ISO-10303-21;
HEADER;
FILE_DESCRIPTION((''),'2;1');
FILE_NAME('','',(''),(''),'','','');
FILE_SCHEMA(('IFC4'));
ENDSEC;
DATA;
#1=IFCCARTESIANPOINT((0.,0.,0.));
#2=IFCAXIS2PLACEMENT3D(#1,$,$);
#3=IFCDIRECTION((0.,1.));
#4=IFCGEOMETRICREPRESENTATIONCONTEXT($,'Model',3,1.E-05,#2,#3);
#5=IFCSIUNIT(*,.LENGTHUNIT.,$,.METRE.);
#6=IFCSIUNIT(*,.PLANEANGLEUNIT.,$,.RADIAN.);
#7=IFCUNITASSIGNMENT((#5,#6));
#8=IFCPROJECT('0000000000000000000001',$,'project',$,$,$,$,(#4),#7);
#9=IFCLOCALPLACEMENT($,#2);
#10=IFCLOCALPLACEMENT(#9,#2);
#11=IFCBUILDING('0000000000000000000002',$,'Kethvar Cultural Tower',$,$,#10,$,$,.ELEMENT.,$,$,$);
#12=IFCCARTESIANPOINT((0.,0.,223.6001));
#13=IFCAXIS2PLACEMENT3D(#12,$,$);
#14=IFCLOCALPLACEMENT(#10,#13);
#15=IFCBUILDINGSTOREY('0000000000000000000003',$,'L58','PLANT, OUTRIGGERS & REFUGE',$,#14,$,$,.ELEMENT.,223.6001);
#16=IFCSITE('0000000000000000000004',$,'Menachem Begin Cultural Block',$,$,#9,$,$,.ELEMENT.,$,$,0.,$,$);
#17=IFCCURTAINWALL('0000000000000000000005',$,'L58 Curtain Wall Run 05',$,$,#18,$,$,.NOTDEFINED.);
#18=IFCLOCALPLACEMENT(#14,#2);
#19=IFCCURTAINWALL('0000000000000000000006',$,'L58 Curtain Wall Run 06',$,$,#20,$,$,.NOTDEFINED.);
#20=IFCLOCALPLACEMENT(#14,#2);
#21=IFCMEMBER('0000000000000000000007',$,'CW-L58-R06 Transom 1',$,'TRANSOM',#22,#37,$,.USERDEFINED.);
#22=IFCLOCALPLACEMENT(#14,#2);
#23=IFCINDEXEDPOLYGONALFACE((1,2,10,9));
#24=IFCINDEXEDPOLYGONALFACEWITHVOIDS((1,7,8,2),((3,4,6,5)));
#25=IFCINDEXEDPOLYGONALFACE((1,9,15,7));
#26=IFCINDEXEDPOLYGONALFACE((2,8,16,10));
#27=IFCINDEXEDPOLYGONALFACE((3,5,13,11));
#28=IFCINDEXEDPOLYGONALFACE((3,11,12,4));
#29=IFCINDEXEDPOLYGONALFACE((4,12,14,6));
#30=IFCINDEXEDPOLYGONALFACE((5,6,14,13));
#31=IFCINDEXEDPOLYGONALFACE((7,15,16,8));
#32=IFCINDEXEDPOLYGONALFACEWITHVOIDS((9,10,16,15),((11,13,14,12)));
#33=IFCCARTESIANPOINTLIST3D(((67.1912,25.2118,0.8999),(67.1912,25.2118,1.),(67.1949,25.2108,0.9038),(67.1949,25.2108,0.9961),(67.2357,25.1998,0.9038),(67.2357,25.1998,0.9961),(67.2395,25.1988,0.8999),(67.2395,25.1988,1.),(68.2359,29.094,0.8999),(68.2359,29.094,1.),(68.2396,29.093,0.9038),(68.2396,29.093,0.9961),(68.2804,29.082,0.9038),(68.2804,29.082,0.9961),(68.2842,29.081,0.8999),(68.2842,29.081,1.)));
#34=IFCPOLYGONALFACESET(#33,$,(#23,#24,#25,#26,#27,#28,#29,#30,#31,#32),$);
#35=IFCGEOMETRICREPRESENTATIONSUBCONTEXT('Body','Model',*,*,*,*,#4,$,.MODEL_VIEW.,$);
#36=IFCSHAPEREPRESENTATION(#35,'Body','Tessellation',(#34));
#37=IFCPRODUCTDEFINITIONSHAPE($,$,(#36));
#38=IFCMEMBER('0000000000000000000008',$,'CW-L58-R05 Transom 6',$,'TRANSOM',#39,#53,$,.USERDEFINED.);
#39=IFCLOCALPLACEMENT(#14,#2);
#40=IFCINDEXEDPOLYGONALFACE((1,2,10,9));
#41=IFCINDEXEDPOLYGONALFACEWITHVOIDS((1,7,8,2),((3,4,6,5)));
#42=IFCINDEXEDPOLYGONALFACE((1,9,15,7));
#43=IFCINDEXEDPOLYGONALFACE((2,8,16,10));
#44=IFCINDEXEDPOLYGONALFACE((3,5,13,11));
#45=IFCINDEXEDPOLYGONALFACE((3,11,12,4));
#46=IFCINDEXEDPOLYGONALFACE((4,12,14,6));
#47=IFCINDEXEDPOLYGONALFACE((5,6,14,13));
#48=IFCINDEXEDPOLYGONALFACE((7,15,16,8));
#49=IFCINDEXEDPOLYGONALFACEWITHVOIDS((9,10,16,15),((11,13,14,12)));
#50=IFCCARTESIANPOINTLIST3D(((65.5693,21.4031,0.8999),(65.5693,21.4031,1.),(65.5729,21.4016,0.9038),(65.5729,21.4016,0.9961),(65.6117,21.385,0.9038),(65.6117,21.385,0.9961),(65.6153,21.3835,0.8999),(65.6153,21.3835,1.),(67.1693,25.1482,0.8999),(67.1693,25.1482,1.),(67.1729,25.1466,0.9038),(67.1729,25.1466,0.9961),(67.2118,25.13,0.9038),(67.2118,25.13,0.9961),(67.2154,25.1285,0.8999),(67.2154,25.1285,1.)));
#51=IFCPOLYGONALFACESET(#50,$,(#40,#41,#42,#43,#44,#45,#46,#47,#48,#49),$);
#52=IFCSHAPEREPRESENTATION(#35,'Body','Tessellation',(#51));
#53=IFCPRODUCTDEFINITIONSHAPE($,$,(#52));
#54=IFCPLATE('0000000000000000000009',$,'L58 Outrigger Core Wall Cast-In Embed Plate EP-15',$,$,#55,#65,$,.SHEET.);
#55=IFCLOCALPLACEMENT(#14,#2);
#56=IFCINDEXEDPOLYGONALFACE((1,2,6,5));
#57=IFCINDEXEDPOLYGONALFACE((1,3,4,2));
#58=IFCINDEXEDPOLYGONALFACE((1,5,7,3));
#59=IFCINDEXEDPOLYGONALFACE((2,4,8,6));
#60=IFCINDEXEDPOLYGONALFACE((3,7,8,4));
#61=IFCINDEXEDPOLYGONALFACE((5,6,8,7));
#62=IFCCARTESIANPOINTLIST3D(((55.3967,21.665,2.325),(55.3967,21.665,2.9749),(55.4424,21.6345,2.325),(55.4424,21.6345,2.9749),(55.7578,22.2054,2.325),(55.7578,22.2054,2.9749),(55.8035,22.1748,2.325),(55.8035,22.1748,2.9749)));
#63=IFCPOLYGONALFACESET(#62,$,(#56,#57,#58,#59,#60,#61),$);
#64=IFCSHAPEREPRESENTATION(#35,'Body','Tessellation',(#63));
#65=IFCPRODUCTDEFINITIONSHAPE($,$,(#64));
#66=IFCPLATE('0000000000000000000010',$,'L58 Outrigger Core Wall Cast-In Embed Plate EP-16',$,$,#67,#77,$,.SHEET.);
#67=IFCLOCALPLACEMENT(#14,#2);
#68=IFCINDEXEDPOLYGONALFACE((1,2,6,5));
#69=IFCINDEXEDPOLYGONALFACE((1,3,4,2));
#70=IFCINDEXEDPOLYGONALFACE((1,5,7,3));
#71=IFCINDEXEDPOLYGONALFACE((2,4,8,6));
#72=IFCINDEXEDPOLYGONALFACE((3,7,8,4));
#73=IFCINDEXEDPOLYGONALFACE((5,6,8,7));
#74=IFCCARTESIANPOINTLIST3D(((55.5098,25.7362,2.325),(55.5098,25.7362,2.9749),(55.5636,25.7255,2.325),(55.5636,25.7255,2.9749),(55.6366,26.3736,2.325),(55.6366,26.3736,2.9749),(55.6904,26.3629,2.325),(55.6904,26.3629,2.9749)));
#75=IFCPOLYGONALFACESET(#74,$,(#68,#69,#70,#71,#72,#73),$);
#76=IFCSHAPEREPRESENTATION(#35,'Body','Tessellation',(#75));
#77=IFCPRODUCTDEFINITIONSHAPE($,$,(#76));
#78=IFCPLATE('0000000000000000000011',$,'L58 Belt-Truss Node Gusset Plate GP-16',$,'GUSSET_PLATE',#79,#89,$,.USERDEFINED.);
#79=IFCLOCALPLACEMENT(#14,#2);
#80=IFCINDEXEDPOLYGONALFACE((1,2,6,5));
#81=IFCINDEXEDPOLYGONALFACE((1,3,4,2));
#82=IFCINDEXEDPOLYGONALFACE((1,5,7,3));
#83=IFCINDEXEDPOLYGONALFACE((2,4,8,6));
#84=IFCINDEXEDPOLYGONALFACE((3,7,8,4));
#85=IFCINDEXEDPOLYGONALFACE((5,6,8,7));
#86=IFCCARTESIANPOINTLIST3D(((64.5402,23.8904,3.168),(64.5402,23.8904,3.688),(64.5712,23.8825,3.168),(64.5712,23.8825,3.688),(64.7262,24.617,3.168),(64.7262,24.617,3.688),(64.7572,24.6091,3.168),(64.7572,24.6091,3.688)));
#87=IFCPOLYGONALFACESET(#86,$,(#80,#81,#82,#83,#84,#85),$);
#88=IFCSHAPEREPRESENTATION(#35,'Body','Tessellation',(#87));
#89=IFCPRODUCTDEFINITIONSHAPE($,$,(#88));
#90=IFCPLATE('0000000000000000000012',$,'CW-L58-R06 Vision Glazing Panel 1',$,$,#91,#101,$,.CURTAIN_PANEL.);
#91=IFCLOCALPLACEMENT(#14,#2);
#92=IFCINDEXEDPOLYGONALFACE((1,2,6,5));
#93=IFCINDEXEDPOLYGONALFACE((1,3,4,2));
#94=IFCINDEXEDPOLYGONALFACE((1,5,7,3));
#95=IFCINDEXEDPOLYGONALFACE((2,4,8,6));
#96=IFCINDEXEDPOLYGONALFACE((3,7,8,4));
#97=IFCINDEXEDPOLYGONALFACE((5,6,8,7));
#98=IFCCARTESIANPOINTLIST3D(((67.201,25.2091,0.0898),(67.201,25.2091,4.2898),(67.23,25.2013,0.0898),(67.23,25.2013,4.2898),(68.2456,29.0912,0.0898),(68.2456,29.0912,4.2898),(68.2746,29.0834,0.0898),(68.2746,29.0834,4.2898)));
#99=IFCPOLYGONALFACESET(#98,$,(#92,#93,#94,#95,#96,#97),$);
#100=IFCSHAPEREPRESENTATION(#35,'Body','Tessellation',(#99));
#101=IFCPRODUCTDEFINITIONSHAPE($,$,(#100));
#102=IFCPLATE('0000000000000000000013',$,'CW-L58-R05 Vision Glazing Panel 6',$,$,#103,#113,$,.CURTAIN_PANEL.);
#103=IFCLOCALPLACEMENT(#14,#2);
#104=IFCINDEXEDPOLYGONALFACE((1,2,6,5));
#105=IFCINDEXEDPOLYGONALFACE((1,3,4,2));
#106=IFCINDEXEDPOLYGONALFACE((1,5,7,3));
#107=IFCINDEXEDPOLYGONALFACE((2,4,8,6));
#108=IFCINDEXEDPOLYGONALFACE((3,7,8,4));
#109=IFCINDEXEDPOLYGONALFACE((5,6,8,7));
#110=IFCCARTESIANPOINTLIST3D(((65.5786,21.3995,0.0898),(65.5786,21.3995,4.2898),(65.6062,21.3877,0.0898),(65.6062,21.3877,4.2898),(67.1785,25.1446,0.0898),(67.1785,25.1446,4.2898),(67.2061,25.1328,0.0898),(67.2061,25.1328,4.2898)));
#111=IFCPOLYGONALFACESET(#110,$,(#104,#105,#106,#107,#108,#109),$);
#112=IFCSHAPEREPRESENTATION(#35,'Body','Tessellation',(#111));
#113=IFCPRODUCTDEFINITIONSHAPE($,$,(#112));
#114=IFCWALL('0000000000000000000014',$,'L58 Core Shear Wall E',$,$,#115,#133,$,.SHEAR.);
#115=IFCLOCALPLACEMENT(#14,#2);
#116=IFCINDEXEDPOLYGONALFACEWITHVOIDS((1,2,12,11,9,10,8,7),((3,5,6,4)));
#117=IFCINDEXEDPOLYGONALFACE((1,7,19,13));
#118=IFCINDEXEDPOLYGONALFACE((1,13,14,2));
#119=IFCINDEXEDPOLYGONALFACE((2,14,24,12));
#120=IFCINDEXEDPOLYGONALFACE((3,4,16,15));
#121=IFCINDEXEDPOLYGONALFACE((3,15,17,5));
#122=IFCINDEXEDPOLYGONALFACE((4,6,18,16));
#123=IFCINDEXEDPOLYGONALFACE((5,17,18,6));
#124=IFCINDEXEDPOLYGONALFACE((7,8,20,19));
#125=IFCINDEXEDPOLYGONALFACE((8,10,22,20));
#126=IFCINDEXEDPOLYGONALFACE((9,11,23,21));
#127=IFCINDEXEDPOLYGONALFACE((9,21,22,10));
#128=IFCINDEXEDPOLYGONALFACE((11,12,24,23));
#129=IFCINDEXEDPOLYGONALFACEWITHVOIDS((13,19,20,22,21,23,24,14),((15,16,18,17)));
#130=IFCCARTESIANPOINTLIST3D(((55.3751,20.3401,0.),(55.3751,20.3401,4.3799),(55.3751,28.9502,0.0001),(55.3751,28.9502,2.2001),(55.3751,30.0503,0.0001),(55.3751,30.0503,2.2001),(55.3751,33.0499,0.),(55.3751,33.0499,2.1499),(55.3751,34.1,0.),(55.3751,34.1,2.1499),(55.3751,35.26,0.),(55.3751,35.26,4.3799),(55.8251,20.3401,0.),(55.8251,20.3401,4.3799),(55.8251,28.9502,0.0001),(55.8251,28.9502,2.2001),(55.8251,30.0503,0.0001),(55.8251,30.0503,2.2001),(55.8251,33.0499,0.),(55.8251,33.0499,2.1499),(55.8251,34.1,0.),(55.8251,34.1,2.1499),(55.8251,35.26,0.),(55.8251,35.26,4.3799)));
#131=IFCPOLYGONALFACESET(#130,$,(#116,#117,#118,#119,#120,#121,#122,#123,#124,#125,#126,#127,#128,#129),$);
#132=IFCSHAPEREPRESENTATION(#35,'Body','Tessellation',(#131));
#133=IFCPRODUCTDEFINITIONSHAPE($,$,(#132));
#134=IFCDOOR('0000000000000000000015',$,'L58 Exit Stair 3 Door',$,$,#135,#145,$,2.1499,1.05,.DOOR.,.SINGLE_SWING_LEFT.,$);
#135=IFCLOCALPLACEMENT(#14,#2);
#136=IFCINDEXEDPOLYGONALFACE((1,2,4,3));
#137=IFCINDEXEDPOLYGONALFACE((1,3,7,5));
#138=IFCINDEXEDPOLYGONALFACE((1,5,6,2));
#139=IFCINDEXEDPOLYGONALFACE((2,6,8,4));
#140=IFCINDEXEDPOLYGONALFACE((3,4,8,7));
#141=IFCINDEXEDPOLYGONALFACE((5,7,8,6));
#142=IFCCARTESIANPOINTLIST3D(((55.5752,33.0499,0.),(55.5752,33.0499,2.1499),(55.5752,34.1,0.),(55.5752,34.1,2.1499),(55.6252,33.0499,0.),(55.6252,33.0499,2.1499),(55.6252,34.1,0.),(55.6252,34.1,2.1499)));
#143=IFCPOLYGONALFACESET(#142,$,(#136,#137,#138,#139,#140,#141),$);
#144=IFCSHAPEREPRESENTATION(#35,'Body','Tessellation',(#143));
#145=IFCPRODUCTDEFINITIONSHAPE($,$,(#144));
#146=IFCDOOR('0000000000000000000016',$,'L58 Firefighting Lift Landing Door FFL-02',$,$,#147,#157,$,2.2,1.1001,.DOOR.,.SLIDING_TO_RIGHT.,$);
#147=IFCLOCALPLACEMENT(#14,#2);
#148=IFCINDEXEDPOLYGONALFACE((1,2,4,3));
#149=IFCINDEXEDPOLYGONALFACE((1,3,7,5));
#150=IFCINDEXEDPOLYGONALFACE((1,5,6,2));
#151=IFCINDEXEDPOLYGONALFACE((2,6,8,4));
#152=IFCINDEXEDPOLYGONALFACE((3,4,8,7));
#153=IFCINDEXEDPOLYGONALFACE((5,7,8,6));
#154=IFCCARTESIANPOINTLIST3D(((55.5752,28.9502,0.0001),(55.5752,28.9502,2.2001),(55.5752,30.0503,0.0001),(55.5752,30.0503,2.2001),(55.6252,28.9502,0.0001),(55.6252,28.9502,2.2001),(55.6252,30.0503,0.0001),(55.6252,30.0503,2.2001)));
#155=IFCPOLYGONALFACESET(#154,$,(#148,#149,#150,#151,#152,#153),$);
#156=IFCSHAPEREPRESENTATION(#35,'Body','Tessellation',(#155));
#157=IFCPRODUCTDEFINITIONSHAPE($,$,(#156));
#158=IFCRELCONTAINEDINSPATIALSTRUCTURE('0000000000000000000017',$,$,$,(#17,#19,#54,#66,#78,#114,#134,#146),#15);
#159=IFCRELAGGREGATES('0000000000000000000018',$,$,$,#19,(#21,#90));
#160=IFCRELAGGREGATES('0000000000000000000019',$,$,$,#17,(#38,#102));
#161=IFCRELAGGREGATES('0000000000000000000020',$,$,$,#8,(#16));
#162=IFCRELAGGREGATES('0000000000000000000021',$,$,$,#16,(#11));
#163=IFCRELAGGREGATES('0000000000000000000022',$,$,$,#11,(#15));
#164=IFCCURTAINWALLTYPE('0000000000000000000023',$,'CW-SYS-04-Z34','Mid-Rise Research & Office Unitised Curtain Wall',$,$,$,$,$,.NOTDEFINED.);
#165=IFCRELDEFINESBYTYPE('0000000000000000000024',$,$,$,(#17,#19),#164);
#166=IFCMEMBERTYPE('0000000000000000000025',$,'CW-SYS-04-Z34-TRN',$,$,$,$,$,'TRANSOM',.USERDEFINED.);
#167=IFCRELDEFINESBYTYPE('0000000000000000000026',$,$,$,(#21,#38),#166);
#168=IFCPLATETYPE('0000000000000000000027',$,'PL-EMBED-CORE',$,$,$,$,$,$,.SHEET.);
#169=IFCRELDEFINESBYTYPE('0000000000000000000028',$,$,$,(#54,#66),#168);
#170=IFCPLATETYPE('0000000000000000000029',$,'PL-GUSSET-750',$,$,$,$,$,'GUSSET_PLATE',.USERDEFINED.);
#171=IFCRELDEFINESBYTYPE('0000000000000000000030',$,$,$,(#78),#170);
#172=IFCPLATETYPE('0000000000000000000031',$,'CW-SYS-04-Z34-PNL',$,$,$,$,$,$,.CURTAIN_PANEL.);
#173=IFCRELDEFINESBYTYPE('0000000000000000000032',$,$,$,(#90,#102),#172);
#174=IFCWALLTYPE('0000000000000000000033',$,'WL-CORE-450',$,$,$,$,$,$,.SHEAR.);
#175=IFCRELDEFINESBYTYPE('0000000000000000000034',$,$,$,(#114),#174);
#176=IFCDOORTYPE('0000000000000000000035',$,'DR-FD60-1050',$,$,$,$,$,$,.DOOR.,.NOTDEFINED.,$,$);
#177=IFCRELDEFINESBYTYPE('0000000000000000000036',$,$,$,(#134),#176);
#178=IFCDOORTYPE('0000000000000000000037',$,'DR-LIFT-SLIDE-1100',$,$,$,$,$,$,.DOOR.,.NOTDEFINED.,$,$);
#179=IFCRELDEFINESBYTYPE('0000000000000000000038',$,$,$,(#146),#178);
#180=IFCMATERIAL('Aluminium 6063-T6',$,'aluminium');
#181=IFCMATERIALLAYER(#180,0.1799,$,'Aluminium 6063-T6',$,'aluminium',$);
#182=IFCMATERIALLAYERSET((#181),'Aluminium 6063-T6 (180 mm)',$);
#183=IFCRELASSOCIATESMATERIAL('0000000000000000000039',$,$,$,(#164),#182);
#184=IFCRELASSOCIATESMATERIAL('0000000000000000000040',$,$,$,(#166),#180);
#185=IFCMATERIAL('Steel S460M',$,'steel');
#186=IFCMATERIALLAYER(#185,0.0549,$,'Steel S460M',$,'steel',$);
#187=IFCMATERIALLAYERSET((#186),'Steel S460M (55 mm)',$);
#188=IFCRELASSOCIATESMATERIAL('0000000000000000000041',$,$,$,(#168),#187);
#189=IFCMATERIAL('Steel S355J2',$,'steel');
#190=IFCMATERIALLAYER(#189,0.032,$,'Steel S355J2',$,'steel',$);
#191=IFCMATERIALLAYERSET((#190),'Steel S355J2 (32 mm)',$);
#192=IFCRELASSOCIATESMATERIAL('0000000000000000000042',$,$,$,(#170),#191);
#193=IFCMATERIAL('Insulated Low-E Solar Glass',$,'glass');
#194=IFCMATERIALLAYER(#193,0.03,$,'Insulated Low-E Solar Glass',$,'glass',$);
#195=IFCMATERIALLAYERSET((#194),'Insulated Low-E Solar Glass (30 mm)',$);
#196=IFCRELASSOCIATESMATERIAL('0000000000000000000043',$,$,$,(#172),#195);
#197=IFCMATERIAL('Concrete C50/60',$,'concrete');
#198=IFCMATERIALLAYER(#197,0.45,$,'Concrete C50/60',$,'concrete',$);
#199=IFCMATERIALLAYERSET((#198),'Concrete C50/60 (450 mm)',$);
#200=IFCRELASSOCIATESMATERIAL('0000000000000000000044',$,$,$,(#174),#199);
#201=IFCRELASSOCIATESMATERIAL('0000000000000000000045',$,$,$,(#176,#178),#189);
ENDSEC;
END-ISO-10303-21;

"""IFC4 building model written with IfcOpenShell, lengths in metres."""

from ifc_helpers import new_model, si_unit, direction, frame, frame_2d, origin, origin_2d, place, context, subcontext, project, spatial, rectangle, hollow_rectangle, extrude, source, transform, mapped, material, layer, layer_set, material_profile, profile_set, type_object, element, fill, aggregate, save


model = new_model("IFC4")

# Units and contexts
model_context = context("Model", 3, precision=1e-05, world=origin(), true_north=direction((0.0, 1.0)))
body_context = subcontext(model_context, "Body", "Model", "MODEL_VIEW")
ifc_project = project(units=[si_unit("LENGTHUNIT", "METRE"), si_unit("PLANEANGLEUNIT", "RADIAN")], contexts=[model_context])

# Site, building, storey
site_placement = place(None, origin())
site = spatial("IfcSite", under=ifc_project, at=site_placement, Name="Menachem Begin Cultural Block", CompositionType="ELEMENT", RefElevation=0.0)
building_placement = place(site_placement, origin())
building = spatial("IfcBuilding", under=site, at=building_placement, Name="Kethvar Cultural Tower", CompositionType="ELEMENT")
storey_placement = place(building_placement, frame((0.0, 0.0, 223.6001)))
storey = spatial("IfcBuildingStorey", under=building, at=storey_placement, Name="L58", Description="PLANT, OUTRIGGERS & REFUGE", CompositionType="ELEMENT", Elevation=223.6001)

# Shared definitions
ifc_material_1 = material(Name="Steel S460M", Category="steel")

# Shared definitions
ifc_material_2 = material(Name="Steel S355J2", Category="steel")

# Curtain walls, member
ifc_material_3 = material(Name="Aluminium 6063-T6", Category="aluminium")
ifc_layer_1 = layer(ifc_material_3, 0.1799, Name="Aluminium 6063-T6", Category="aluminium")
ifc_layer_set_1 = layer_set([ifc_layer_1], Name="Aluminium 6063-T6 (180 mm)")
curtain_wall_type = type_object("IfcCurtainWallType", Name="CW-SYS-04-Z34", Description="Mid-Rise Research & Office Unitised Curtain Wall", PredefinedType="NOTDEFINED", material=ifc_layer_set_1)
curtain_wall_1_placement = place(storey_placement, origin())
curtain_wall_1 = element("IfcCurtainWall", 1, at=curtain_wall_1_placement, inside=storey, type_object=curtain_wall_type, Name="L58 Curtain Wall Run 05", PredefinedType="NOTDEFINED")
curtain_wall_2_placement = place(storey_placement, origin())
curtain_wall_2 = element("IfcCurtainWall", 2, at=curtain_wall_2_placement, inside=storey, type_object=curtain_wall_type, Name="L58 Curtain Wall Run 06", PredefinedType="NOTDEFINED")
ifc_material_profile_1 = material_profile(ifc_material_3, hollow_rectangle(XDim=0.05, YDim=0.1001, WallThickness=0.0039, at=origin_2d()), Name="Aluminium 6063-T6 — RHS100x50x4")
ifc_profile_set_1 = profile_set([ifc_material_profile_1], Name="Aluminium 6063-T6 — RHS100x50x4")
member_type_1 = type_object("IfcMemberType", Name="CW-SYS-04-Z34-TRN", ElementType="TRANSOM", PredefinedType="USERDEFINED", material=ifc_profile_set_1)
shared_shape_1 = source(origin(), body_context, "Body", "SweptSolid", [
    extrude(hollow_rectangle(XDim=0.05, YDim=0.1001, WallThickness=0.0039, at=origin_2d()), origin(), (0.0, 0.0, 1.0), 4.0203),
])
member_1_placement = place(storey_placement, frame((67.2153, 25.2053, 0.95), z_axis=(0.259858, 0.965647, 0.0), x_axis=(-0.965647, 0.259858, 0.0)))
member_1 = element("IfcMember", 3, at=member_1_placement, type_object=member_type_1, Name="CW-L58-R06 Transom 1", ObjectType="TRANSOM", PredefinedType="USERDEFINED", context=body_context, shape_type="MappedRepresentation", body=[
    mapped(shared_shape_1, transform((0.0, 0.0, 0.0), scale=1.0)),
])

# Member
shared_shape_2 = source(origin(), body_context, "Body", "SweptSolid", [
    extrude(hollow_rectangle(XDim=0.05, YDim=0.1001, WallThickness=0.0039, at=origin_2d()), origin(), (0.0, 0.0, 1.0), 4.0725),
])
member_2_placement = place(storey_placement, frame((65.5923, 21.3933, 0.95), z_axis=(0.392892, 0.919585, 0.0), x_axis=(-0.919585, 0.392892, 0.0)))
member_2 = element("IfcMember", 4, at=member_2_placement, type_object=member_type_1, Name="CW-L58-R05 Transom 6", ObjectType="TRANSOM", PredefinedType="USERDEFINED", context=body_context, shape_type="MappedRepresentation", body=[
    mapped(shared_shape_2, transform((0.0, 0.0, 0.0), scale=1.0)),
])

# Plates
ifc_layer_2 = layer(ifc_material_1, 0.0549, Name="Steel S460M", Category="steel")
ifc_layer_set_2 = layer_set([ifc_layer_2], Name="Steel S460M (55 mm)")
plate_type_1 = type_object("IfcPlateType", Name="PL-EMBED-CORE", PredefinedType="SHEET", material=ifc_layer_set_2)
shared_shape_3 = source(origin(), body_context, "Body", "SweptSolid", [
    extrude(rectangle(XDim=0.0549, YDim=0.6499, at=origin_2d()), origin(), (0.0, 0.0, 1.0), 0.6499),
])
for number, where, z_axis, x_axis, name in (
    (5, (55.6001, 21.9199, 2.325), (0.0, 0.0, 1.0), (0.83147, -0.55557, 0.0), "L58 Outrigger Core Wall Cast-In Embed Plate EP-15"),
    (6, (55.6001, 26.0496, 2.325), (0.0, 0.0, 1.0), (0.980785, -0.19509, 0.0), "L58 Outrigger Core Wall Cast-In Embed Plate EP-16"),
):
    element("IfcPlate", number, at=place(storey_placement, frame(where, z_axis=z_axis, x_axis=x_axis)), inside=storey, type_object=plate_type_1, Name=name, PredefinedType="SHEET", context=body_context, shape_type="MappedRepresentation", body=[
        mapped(shared_shape_3, transform((0.0, 0.0, 0.0), scale=1.0)),
    ])
ifc_layer_3 = layer(ifc_material_2, 0.032, Name="Steel S355J2", Category="steel")
ifc_layer_set_3 = layer_set([ifc_layer_3], Name="Steel S355J2 (32 mm)")
plate_type_2 = type_object("IfcPlateType", Name="PL-GUSSET-750", ElementType="GUSSET_PLATE", PredefinedType="USERDEFINED", material=ifc_layer_set_3)
shared_shape_4 = source(origin(), body_context, "Body", "SweptSolid", [
    extrude(rectangle(XDim=0.75, YDim=0.032, at=origin_2d()), origin(), (0.0, 0.0, 1.0), 0.52),
])
plate_1_placement = place(storey_placement, frame((64.6487, 24.2498, 3.168), z_axis=(0.0, 0.0, 1.0), x_axis=(0.248016, 0.968756, 0.0)))
element("IfcPlate", 7, at=plate_1_placement, inside=storey, type_object=plate_type_2, Name="L58 Belt-Truss Node Gusset Plate GP-16", ObjectType="GUSSET_PLATE", PredefinedType="USERDEFINED", context=body_context, shape_type="MappedRepresentation", body=[
    mapped(shared_shape_4, transform((0.0, 0.0, 0.0), scale=1.0)),
])

# Plates
ifc_material_4 = material(Name="Insulated Low-E Solar Glass", Category="glass")
ifc_layer_4 = layer(ifc_material_4, 0.03, Name="Insulated Low-E Solar Glass", Category="glass")
ifc_layer_set_4 = layer_set([ifc_layer_4], Name="Insulated Low-E Solar Glass (30 mm)")
plate_type_3 = type_object("IfcPlateType", Name="CW-SYS-04-Z34-PNL", PredefinedType="CURTAIN_PANEL", material=ifc_layer_set_4)
shared_shape_5 = source(origin(), body_context, "Body", "SweptSolid", [
    extrude(rectangle(XDim=4.0203, YDim=0.03, at=origin_2d()), origin(), (0.0, 0.0, 1.0), 4.2),
])
plate_2_placement = place(storey_placement, frame((67.7378, 27.1462, 0.0898), z_axis=(0.0, 0.0, 1.0), x_axis=(0.259847, 0.96565, 0.0)))
plate_2 = element("IfcPlate", 8, at=plate_2_placement, type_object=plate_type_3, Name="CW-L58-R06 Vision Glazing Panel 1", PredefinedType="CURTAIN_PANEL", context=body_context, shape_type="MappedRepresentation", body=[
    mapped(shared_shape_5, transform((0.0, 0.0, 0.0), scale=1.0)),
])
aggregate(curtain_wall_2, [member_1, plate_2])
shared_shape_6 = source(origin(), body_context, "Body", "SweptSolid", [
    extrude(rectangle(XDim=4.0725, YDim=0.03, at=origin_2d()), origin(), (0.0, 0.0, 1.0), 4.2),
])
plate_3_placement = place(storey_placement, frame((66.3923, 23.2661, 0.0898), z_axis=(0.0, 0.0, 1.0), x_axis=(0.392851, 0.919602, 0.0)))
plate_3 = element("IfcPlate", 9, at=plate_3_placement, type_object=plate_type_3, Name="CW-L58-R05 Vision Glazing Panel 6", PredefinedType="CURTAIN_PANEL", context=body_context, shape_type="MappedRepresentation", body=[
    mapped(shared_shape_6, transform((0.0, 0.0, 0.0), scale=1.0)),
])
aggregate(curtain_wall_1, [member_2, plate_3])

# Wall, openings, doors
ifc_material_5 = material(Name="Concrete C50/60", Category="concrete")
ifc_layer_5 = layer(ifc_material_5, 0.45, Name="Concrete C50/60", Category="concrete")
ifc_layer_set_5 = layer_set([ifc_layer_5], Name="Concrete C50/60 (450 mm)")
wall_type_1 = type_object("IfcWallType", Name="WL-CORE-450", PredefinedType="SHEAR", material=ifc_layer_set_5)
wall_1_placement = place(storey_placement, frame((55.6001, 20.3401, 0.0), z_axis=(0.0, 0.0, 1.0), x_axis=(0.0, 1.0, 0.0)))
wall_1 = element("IfcWall", 10, at=wall_1_placement, inside=storey, type_object=wall_type_1, Name="L58 Core Shear Wall E", PredefinedType="SHEAR", context=body_context, shape_type="SweptSolid", body=[
    extrude(rectangle(XDim=14.9199, YDim=0.45, at=frame_2d((7.46, 0.0))), origin(), (0.0, 0.0, 1.0), 4.3799),
])
opening_1_placement = place(wall_1_placement, frame((12.71, 0.0, 0.0)))
opening_1 = element("IfcOpeningElement", 11, at=opening_1_placement, cuts=wall_1, PredefinedType="OPENING", context=body_context, shape_type="SweptSolid", body=[
    extrude(rectangle(XDim=1.05, YDim=2.1499, at=frame_2d((0.5249, 1.075))), frame((0.0, 0.2349, 0.0), z_axis=(0.0, -1.0, 0.0), x_axis=(1.0, 0.0, 0.0)), (0.0, 0.0, 1.0), 0.47),
])
opening_2_placement = place(wall_1_placement, frame((8.6101, 0.0, 0.0)))
opening_2 = element("IfcOpeningElement", 12, at=opening_2_placement, cuts=wall_1, PredefinedType="OPENING", context=body_context, shape_type="SweptSolid", body=[
    extrude(rectangle(XDim=1.1001, YDim=2.2, at=frame_2d((0.55, 1.1001))), frame((0.0, 0.2349, 0.0), z_axis=(0.0, -1.0, 0.0), x_axis=(1.0, 0.0, 0.0)), (0.0, 0.0, 1.0), 0.47),
])
door_type_1 = type_object("IfcDoorType", Name="DR-FD60-1050", OperationType="NOTDEFINED", PredefinedType="DOOR", material=ifc_material_2)
shared_shape_7 = source(origin(), body_context, "Body", "SweptSolid", [
    extrude(rectangle(XDim=1.05, YDim=2.1499, at=frame_2d((0.5249, 1.075))), frame((0.0, 0.0249, 0.0), z_axis=(0.0, -1.0, 0.0), x_axis=(1.0, 0.0, 0.0)), (0.0, 0.0, 1.0), 0.05),
])
door_1_placement = place(opening_1_placement, origin())
door_1 = element("IfcDoor", 13, at=door_1_placement, inside=storey, type_object=door_type_1, Name="L58 Exit Stair 3 Door", OperationType="SINGLE_SWING_LEFT", OverallHeight=2.1499, OverallWidth=1.05, PredefinedType="DOOR", context=body_context, shape_type="MappedRepresentation", body=[
    mapped(shared_shape_7, transform((0.0, 0.0, 0.0), scale=1.0)),
])
fill(opening_1, door_1)
door_type_2 = type_object("IfcDoorType", Name="DR-LIFT-SLIDE-1100", OperationType="NOTDEFINED", PredefinedType="DOOR", material=ifc_material_2)
shared_shape_8 = source(origin(), body_context, "Body", "SweptSolid", [
    extrude(rectangle(XDim=1.1001, YDim=2.2, at=frame_2d((0.55, 1.1001))), frame((0.0, 0.0249, 0.0), z_axis=(0.0, -1.0, 0.0), x_axis=(1.0, 0.0, 0.0)), (0.0, 0.0, 1.0), 0.05),
])
door_2_placement = place(opening_2_placement, origin())
door_2 = element("IfcDoor", 14, at=door_2_placement, inside=storey, type_object=door_type_2, Name="L58 Firefighting Lift Landing Door FFL-02", OperationType="SLIDING_TO_RIGHT", OverallHeight=2.2, OverallWidth=1.1001, PredefinedType="DOOR", context=body_context, shape_type="MappedRepresentation", body=[
    mapped(shared_shape_8, transform((0.0, 0.0, 0.0), scale=1.0)),
])
fill(opening_2, door_2)

save(model, "model.ifc")
